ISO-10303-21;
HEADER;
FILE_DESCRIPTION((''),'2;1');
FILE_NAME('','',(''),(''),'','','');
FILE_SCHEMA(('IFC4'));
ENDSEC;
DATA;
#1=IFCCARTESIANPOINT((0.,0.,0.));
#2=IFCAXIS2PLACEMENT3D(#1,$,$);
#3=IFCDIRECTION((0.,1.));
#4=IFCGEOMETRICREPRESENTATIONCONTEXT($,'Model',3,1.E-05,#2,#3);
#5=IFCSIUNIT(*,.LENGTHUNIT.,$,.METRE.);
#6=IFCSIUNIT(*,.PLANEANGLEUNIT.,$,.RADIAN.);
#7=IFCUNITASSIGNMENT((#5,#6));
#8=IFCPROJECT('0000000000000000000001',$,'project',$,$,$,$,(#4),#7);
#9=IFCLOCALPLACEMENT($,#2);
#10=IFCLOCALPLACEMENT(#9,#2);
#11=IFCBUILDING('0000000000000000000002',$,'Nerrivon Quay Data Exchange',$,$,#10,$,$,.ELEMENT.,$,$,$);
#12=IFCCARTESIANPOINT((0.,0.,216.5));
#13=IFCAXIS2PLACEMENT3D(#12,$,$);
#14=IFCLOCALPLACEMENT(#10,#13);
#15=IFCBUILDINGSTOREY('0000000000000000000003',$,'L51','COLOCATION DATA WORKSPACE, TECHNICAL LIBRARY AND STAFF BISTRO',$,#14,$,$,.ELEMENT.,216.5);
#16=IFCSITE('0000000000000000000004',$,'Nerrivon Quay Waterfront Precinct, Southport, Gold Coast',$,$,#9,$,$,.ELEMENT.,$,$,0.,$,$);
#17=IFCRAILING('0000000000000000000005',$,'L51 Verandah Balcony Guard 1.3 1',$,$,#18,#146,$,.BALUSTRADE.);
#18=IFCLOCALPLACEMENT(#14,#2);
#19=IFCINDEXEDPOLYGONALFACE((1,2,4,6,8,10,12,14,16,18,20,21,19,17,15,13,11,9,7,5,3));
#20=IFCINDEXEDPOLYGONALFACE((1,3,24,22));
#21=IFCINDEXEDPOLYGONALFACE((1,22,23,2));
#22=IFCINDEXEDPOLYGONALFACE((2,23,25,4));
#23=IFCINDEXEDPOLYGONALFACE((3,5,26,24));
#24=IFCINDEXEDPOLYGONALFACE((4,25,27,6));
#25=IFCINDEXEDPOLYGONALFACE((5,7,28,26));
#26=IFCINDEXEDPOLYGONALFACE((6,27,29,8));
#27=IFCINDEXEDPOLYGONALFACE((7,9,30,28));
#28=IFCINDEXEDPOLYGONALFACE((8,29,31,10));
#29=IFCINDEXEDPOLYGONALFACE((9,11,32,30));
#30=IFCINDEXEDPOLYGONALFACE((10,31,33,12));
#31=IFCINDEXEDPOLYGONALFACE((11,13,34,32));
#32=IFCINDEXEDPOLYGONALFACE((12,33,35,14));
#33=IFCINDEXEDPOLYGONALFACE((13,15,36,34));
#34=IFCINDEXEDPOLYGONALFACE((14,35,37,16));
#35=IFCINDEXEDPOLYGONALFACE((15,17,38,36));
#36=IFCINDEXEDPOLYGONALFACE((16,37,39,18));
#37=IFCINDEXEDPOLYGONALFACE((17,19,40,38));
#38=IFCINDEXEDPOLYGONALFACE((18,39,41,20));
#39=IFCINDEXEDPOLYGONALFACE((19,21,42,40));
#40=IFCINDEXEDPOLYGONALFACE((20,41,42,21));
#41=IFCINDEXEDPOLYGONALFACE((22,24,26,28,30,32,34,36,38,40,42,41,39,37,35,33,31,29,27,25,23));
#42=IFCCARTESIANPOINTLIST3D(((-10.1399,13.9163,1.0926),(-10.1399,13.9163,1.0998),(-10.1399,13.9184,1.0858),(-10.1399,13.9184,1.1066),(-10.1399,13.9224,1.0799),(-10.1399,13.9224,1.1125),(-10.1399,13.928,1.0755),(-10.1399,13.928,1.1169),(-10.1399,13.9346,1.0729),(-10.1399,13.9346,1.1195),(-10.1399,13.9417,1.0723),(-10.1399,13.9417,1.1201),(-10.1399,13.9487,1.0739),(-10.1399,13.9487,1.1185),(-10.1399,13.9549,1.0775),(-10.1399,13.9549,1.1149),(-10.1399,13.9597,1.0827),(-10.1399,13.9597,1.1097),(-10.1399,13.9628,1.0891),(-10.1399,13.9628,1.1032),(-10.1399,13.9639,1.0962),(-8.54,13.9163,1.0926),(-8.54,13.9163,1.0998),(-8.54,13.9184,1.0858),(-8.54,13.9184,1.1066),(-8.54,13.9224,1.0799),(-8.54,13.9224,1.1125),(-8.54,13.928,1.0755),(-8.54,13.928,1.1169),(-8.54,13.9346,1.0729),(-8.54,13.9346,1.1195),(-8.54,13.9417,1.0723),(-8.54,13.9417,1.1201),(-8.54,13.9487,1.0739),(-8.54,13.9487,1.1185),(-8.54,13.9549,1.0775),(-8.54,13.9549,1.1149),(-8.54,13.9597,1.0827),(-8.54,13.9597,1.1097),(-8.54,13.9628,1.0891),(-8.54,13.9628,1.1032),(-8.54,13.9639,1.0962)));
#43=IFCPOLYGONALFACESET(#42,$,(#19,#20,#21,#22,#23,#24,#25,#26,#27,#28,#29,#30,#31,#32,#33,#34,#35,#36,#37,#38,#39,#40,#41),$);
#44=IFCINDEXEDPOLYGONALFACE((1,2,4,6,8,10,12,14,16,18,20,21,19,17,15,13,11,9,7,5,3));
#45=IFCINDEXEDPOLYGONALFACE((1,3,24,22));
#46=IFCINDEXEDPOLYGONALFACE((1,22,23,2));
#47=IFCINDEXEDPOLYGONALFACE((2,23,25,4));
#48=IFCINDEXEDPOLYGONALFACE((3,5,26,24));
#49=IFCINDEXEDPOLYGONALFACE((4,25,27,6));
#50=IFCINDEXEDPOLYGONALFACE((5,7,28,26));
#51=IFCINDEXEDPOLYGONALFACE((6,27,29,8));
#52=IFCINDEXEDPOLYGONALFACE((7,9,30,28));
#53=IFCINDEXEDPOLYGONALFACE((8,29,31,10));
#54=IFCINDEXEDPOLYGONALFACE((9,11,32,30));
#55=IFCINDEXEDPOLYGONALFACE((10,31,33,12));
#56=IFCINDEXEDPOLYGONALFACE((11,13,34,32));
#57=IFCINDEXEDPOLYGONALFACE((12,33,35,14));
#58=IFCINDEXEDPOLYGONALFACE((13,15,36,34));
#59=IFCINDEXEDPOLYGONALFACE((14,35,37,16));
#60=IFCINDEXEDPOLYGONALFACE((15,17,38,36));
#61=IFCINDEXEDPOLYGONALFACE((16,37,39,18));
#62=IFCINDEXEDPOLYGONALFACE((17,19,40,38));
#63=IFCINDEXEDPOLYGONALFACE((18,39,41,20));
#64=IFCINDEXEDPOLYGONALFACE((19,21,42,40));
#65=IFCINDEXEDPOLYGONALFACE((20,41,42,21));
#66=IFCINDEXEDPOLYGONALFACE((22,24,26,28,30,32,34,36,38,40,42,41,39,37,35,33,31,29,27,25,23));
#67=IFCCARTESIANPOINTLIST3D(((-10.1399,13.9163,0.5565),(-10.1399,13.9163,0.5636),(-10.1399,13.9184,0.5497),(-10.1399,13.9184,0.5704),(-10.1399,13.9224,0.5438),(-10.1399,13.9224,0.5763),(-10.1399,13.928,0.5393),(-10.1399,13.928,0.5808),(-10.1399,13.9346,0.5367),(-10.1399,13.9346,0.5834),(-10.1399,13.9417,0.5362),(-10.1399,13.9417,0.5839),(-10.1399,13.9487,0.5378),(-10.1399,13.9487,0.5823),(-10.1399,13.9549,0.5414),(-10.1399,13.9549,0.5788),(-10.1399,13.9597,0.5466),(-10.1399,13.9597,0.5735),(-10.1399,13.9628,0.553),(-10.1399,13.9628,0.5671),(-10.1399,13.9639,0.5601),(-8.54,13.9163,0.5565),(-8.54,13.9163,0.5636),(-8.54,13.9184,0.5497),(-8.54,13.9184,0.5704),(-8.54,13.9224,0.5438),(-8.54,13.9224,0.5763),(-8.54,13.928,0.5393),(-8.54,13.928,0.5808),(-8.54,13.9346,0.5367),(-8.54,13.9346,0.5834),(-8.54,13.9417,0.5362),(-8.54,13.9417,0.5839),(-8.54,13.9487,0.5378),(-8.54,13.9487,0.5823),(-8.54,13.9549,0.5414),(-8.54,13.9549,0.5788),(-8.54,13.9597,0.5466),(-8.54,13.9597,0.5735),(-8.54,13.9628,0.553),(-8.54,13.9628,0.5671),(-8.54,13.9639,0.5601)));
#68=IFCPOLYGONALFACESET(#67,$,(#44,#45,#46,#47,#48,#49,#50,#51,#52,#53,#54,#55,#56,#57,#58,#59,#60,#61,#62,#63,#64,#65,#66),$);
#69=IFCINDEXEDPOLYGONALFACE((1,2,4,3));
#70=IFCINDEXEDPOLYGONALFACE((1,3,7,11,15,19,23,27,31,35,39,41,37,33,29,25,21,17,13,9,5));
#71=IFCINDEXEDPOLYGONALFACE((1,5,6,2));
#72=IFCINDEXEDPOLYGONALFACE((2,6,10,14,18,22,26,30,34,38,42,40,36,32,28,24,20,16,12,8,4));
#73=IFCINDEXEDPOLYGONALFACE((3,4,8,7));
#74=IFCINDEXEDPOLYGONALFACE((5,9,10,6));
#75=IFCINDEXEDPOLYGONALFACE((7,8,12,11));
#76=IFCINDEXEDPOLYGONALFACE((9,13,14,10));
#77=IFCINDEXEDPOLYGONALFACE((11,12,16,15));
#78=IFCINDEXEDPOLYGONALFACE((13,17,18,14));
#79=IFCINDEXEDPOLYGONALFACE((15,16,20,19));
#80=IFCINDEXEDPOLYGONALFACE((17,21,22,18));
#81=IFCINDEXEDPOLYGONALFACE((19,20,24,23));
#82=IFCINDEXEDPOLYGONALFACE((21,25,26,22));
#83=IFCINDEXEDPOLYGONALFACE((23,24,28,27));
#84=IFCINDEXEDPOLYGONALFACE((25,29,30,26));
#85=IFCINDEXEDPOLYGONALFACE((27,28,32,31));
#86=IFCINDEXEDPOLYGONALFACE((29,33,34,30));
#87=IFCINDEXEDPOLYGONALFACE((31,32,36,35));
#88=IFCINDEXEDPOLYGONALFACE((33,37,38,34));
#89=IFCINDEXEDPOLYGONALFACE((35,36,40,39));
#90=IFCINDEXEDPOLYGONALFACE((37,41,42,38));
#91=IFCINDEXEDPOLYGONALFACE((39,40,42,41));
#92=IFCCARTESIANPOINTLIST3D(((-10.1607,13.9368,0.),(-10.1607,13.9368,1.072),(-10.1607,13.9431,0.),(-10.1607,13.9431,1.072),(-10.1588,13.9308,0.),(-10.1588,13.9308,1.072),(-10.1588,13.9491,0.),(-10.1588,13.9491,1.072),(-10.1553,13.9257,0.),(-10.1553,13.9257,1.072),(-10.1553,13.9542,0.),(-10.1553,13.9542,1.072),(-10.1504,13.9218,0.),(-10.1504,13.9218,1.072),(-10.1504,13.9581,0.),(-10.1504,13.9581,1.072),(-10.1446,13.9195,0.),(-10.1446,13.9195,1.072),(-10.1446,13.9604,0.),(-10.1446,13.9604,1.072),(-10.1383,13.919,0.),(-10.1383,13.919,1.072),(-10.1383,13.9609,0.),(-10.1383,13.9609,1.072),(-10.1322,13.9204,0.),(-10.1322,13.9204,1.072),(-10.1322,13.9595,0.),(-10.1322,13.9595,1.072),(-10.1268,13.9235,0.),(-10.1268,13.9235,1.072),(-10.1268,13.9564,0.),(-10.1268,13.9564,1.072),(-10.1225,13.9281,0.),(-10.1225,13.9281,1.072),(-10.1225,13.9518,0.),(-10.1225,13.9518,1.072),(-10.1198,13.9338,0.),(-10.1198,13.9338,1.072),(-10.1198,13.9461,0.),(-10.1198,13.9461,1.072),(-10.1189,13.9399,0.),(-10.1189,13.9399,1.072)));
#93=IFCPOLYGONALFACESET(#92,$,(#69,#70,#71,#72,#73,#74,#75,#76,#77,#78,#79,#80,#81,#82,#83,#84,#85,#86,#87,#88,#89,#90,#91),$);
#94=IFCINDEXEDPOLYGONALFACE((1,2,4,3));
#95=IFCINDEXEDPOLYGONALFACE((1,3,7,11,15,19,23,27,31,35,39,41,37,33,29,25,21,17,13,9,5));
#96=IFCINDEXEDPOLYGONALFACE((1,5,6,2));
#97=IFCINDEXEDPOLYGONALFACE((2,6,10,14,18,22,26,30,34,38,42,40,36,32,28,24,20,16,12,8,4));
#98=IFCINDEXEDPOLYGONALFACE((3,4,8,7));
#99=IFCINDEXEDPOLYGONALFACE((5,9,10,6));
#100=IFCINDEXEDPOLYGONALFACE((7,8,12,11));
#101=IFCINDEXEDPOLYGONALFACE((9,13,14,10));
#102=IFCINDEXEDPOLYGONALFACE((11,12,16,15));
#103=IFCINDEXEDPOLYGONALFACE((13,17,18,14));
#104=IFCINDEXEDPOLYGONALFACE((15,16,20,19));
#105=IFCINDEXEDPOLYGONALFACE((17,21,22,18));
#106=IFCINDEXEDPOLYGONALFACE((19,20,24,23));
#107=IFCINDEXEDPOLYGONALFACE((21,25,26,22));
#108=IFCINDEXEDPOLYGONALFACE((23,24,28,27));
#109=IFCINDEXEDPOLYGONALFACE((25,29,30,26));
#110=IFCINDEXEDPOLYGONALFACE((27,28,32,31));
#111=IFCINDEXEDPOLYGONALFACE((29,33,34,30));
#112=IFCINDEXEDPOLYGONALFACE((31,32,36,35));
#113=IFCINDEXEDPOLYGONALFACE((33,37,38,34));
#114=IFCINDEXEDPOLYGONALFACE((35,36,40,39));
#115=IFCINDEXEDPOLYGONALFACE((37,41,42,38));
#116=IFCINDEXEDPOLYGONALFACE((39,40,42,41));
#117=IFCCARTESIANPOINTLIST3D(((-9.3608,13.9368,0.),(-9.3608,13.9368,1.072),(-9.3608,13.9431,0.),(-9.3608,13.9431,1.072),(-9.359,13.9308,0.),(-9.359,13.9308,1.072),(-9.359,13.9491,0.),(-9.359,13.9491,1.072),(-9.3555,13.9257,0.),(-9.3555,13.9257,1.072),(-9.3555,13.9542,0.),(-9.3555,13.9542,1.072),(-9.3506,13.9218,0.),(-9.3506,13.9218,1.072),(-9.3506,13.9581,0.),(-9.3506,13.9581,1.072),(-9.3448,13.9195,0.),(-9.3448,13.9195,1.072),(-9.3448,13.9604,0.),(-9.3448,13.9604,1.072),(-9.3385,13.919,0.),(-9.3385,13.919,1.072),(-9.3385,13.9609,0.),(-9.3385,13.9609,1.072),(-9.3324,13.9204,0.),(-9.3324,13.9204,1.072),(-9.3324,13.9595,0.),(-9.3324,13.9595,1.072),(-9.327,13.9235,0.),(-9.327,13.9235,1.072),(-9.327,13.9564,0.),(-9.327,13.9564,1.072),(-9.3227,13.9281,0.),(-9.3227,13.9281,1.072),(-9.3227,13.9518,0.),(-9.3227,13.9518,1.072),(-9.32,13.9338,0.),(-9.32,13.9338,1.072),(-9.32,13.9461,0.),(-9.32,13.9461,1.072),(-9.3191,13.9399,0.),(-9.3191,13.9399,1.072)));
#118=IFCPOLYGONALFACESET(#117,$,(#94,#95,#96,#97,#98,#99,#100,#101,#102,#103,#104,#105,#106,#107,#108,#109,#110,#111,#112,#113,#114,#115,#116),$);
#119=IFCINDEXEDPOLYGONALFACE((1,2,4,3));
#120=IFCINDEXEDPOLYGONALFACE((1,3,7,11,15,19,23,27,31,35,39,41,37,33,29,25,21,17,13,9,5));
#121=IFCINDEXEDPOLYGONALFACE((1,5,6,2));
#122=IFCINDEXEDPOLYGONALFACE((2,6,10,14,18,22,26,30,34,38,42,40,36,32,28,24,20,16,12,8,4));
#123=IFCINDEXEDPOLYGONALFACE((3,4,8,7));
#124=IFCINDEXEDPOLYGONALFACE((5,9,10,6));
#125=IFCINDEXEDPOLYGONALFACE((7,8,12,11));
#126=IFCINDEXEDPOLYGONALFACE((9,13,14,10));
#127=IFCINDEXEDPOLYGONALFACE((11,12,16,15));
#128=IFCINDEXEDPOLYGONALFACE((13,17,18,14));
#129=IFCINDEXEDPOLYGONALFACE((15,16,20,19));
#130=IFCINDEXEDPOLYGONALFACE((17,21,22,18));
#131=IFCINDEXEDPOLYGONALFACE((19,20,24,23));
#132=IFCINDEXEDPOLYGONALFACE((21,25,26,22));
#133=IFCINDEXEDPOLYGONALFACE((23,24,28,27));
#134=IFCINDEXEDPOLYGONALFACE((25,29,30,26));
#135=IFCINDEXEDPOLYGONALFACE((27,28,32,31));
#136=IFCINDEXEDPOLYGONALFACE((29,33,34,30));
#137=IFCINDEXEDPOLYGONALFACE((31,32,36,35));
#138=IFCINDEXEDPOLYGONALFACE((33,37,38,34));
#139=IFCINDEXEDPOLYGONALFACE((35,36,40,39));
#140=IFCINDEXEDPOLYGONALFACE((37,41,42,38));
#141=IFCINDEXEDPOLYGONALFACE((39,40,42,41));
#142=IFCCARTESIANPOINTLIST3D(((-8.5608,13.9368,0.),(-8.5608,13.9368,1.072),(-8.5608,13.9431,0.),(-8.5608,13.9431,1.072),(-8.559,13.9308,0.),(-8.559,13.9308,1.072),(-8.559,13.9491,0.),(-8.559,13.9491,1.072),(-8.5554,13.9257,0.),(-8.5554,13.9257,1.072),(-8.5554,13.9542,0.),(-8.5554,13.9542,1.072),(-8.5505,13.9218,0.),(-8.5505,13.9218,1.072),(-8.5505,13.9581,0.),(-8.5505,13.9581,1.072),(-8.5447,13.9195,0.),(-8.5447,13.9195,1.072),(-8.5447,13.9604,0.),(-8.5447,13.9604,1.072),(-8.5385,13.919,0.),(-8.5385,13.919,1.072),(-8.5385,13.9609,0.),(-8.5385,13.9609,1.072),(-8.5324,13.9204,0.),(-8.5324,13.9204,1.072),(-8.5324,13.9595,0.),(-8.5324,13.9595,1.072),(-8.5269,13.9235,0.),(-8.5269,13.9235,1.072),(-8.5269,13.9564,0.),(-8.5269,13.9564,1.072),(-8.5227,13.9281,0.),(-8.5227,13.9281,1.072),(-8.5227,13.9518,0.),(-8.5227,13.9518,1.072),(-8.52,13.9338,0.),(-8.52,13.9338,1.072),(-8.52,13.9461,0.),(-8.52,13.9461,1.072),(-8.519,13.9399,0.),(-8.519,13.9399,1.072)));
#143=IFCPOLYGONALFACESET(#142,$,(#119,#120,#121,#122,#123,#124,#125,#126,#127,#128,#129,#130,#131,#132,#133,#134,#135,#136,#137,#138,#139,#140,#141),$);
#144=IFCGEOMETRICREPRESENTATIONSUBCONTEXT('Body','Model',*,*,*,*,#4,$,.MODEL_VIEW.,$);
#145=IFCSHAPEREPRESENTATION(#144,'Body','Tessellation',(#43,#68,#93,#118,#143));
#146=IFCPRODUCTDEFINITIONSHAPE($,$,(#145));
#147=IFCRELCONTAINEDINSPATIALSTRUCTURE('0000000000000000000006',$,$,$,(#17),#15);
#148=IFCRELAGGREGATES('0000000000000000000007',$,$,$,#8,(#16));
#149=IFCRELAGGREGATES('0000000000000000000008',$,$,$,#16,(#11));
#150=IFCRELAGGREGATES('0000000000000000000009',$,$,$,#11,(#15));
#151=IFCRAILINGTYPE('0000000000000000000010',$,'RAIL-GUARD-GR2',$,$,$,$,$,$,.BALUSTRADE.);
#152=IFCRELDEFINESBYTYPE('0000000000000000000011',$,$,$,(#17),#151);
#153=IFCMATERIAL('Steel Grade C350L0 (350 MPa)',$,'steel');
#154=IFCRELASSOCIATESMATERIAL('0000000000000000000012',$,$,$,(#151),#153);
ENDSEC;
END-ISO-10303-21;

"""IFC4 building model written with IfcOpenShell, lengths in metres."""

from ifc_helpers import new_model, si_unit, direction, frame, origin, origin_2d, place, context, subcontext, project, spatial, circle, extrude, material, type_object, element, save


model = new_model("IFC4")

# Units and contexts
model_context = context("Model", 3, precision=1e-05, world=origin(), true_north=direction((0.0, 1.0)))
body_context = subcontext(model_context, "Body", "Model", "MODEL_VIEW")
ifc_project = project(units=[si_unit("LENGTHUNIT", "METRE"), si_unit("PLANEANGLEUNIT", "RADIAN")], contexts=[model_context])

# Site, building, storey
site_placement = place(None, origin())
site = spatial("IfcSite", under=ifc_project, at=site_placement, Name="Nerrivon Quay Waterfront Precinct, Southport, Gold Coast", CompositionType="ELEMENT", RefElevation=0.0)
building_placement = place(site_placement, origin())
building = spatial("IfcBuilding", under=site, at=building_placement, Name="Nerrivon Quay Data Exchange", CompositionType="ELEMENT")
storey_placement = place(building_placement, frame((0.0, 0.0, 216.5)))
storey = spatial("IfcBuildingStorey", under=building, at=storey_placement, Name="L51", Description="COLOCATION DATA WORKSPACE, TECHNICAL LIBRARY AND STAFF BISTRO", CompositionType="ELEMENT", Elevation=216.5)

# Shared definitions
ifc_material_1 = material(Name="Steel Grade C350L0 (350 MPa)", Category="steel")

# Railing
railing_type = type_object("IfcRailingType", Name="RAIL-GUARD-GR2", PredefinedType="BALUSTRADE", material=ifc_material_1)
railing_1_placement = place(storey_placement, frame((-10.1399, 13.9399, 0.0)))
element("IfcRailing", 1, at=railing_1_placement, inside=storey, type_object=railing_type, Name="L51 Verandah Balcony Guard 1.3 1", PredefinedType="BALUSTRADE", context=body_context, shape_type="SweptSolid", body=[
    extrude(circle(Radius=0.0239, at=origin_2d()), frame((0.0, 0.0, 1.0962), z_axis=(1.0, 0.0, 0.0), x_axis=(0.0, 1.0, 0.0)), (0.0, 0.0, 1.0), 1.5999),
    extrude(circle(Radius=0.0239, at=origin_2d()), frame((0.0, 0.0, 0.5601), z_axis=(1.0, 0.0, 0.0), x_axis=(0.0, 1.0, 0.0)), (0.0, 0.0, 1.0), 1.5999),
    extrude(circle(Radius=0.021, at=origin_2d()), origin(), (0.0, 0.0, 1.0), 1.072),
    extrude(circle(Radius=0.021, at=origin_2d()), frame((0.7998, 0.0, 0.0)), (0.0, 0.0, 1.0), 1.072),
    extrude(circle(Radius=0.021, at=origin_2d()), frame((1.5999, 0.0, 0.0)), (0.0, 0.0, 1.0), 1.072),
])

save(model, "model.ifc")
